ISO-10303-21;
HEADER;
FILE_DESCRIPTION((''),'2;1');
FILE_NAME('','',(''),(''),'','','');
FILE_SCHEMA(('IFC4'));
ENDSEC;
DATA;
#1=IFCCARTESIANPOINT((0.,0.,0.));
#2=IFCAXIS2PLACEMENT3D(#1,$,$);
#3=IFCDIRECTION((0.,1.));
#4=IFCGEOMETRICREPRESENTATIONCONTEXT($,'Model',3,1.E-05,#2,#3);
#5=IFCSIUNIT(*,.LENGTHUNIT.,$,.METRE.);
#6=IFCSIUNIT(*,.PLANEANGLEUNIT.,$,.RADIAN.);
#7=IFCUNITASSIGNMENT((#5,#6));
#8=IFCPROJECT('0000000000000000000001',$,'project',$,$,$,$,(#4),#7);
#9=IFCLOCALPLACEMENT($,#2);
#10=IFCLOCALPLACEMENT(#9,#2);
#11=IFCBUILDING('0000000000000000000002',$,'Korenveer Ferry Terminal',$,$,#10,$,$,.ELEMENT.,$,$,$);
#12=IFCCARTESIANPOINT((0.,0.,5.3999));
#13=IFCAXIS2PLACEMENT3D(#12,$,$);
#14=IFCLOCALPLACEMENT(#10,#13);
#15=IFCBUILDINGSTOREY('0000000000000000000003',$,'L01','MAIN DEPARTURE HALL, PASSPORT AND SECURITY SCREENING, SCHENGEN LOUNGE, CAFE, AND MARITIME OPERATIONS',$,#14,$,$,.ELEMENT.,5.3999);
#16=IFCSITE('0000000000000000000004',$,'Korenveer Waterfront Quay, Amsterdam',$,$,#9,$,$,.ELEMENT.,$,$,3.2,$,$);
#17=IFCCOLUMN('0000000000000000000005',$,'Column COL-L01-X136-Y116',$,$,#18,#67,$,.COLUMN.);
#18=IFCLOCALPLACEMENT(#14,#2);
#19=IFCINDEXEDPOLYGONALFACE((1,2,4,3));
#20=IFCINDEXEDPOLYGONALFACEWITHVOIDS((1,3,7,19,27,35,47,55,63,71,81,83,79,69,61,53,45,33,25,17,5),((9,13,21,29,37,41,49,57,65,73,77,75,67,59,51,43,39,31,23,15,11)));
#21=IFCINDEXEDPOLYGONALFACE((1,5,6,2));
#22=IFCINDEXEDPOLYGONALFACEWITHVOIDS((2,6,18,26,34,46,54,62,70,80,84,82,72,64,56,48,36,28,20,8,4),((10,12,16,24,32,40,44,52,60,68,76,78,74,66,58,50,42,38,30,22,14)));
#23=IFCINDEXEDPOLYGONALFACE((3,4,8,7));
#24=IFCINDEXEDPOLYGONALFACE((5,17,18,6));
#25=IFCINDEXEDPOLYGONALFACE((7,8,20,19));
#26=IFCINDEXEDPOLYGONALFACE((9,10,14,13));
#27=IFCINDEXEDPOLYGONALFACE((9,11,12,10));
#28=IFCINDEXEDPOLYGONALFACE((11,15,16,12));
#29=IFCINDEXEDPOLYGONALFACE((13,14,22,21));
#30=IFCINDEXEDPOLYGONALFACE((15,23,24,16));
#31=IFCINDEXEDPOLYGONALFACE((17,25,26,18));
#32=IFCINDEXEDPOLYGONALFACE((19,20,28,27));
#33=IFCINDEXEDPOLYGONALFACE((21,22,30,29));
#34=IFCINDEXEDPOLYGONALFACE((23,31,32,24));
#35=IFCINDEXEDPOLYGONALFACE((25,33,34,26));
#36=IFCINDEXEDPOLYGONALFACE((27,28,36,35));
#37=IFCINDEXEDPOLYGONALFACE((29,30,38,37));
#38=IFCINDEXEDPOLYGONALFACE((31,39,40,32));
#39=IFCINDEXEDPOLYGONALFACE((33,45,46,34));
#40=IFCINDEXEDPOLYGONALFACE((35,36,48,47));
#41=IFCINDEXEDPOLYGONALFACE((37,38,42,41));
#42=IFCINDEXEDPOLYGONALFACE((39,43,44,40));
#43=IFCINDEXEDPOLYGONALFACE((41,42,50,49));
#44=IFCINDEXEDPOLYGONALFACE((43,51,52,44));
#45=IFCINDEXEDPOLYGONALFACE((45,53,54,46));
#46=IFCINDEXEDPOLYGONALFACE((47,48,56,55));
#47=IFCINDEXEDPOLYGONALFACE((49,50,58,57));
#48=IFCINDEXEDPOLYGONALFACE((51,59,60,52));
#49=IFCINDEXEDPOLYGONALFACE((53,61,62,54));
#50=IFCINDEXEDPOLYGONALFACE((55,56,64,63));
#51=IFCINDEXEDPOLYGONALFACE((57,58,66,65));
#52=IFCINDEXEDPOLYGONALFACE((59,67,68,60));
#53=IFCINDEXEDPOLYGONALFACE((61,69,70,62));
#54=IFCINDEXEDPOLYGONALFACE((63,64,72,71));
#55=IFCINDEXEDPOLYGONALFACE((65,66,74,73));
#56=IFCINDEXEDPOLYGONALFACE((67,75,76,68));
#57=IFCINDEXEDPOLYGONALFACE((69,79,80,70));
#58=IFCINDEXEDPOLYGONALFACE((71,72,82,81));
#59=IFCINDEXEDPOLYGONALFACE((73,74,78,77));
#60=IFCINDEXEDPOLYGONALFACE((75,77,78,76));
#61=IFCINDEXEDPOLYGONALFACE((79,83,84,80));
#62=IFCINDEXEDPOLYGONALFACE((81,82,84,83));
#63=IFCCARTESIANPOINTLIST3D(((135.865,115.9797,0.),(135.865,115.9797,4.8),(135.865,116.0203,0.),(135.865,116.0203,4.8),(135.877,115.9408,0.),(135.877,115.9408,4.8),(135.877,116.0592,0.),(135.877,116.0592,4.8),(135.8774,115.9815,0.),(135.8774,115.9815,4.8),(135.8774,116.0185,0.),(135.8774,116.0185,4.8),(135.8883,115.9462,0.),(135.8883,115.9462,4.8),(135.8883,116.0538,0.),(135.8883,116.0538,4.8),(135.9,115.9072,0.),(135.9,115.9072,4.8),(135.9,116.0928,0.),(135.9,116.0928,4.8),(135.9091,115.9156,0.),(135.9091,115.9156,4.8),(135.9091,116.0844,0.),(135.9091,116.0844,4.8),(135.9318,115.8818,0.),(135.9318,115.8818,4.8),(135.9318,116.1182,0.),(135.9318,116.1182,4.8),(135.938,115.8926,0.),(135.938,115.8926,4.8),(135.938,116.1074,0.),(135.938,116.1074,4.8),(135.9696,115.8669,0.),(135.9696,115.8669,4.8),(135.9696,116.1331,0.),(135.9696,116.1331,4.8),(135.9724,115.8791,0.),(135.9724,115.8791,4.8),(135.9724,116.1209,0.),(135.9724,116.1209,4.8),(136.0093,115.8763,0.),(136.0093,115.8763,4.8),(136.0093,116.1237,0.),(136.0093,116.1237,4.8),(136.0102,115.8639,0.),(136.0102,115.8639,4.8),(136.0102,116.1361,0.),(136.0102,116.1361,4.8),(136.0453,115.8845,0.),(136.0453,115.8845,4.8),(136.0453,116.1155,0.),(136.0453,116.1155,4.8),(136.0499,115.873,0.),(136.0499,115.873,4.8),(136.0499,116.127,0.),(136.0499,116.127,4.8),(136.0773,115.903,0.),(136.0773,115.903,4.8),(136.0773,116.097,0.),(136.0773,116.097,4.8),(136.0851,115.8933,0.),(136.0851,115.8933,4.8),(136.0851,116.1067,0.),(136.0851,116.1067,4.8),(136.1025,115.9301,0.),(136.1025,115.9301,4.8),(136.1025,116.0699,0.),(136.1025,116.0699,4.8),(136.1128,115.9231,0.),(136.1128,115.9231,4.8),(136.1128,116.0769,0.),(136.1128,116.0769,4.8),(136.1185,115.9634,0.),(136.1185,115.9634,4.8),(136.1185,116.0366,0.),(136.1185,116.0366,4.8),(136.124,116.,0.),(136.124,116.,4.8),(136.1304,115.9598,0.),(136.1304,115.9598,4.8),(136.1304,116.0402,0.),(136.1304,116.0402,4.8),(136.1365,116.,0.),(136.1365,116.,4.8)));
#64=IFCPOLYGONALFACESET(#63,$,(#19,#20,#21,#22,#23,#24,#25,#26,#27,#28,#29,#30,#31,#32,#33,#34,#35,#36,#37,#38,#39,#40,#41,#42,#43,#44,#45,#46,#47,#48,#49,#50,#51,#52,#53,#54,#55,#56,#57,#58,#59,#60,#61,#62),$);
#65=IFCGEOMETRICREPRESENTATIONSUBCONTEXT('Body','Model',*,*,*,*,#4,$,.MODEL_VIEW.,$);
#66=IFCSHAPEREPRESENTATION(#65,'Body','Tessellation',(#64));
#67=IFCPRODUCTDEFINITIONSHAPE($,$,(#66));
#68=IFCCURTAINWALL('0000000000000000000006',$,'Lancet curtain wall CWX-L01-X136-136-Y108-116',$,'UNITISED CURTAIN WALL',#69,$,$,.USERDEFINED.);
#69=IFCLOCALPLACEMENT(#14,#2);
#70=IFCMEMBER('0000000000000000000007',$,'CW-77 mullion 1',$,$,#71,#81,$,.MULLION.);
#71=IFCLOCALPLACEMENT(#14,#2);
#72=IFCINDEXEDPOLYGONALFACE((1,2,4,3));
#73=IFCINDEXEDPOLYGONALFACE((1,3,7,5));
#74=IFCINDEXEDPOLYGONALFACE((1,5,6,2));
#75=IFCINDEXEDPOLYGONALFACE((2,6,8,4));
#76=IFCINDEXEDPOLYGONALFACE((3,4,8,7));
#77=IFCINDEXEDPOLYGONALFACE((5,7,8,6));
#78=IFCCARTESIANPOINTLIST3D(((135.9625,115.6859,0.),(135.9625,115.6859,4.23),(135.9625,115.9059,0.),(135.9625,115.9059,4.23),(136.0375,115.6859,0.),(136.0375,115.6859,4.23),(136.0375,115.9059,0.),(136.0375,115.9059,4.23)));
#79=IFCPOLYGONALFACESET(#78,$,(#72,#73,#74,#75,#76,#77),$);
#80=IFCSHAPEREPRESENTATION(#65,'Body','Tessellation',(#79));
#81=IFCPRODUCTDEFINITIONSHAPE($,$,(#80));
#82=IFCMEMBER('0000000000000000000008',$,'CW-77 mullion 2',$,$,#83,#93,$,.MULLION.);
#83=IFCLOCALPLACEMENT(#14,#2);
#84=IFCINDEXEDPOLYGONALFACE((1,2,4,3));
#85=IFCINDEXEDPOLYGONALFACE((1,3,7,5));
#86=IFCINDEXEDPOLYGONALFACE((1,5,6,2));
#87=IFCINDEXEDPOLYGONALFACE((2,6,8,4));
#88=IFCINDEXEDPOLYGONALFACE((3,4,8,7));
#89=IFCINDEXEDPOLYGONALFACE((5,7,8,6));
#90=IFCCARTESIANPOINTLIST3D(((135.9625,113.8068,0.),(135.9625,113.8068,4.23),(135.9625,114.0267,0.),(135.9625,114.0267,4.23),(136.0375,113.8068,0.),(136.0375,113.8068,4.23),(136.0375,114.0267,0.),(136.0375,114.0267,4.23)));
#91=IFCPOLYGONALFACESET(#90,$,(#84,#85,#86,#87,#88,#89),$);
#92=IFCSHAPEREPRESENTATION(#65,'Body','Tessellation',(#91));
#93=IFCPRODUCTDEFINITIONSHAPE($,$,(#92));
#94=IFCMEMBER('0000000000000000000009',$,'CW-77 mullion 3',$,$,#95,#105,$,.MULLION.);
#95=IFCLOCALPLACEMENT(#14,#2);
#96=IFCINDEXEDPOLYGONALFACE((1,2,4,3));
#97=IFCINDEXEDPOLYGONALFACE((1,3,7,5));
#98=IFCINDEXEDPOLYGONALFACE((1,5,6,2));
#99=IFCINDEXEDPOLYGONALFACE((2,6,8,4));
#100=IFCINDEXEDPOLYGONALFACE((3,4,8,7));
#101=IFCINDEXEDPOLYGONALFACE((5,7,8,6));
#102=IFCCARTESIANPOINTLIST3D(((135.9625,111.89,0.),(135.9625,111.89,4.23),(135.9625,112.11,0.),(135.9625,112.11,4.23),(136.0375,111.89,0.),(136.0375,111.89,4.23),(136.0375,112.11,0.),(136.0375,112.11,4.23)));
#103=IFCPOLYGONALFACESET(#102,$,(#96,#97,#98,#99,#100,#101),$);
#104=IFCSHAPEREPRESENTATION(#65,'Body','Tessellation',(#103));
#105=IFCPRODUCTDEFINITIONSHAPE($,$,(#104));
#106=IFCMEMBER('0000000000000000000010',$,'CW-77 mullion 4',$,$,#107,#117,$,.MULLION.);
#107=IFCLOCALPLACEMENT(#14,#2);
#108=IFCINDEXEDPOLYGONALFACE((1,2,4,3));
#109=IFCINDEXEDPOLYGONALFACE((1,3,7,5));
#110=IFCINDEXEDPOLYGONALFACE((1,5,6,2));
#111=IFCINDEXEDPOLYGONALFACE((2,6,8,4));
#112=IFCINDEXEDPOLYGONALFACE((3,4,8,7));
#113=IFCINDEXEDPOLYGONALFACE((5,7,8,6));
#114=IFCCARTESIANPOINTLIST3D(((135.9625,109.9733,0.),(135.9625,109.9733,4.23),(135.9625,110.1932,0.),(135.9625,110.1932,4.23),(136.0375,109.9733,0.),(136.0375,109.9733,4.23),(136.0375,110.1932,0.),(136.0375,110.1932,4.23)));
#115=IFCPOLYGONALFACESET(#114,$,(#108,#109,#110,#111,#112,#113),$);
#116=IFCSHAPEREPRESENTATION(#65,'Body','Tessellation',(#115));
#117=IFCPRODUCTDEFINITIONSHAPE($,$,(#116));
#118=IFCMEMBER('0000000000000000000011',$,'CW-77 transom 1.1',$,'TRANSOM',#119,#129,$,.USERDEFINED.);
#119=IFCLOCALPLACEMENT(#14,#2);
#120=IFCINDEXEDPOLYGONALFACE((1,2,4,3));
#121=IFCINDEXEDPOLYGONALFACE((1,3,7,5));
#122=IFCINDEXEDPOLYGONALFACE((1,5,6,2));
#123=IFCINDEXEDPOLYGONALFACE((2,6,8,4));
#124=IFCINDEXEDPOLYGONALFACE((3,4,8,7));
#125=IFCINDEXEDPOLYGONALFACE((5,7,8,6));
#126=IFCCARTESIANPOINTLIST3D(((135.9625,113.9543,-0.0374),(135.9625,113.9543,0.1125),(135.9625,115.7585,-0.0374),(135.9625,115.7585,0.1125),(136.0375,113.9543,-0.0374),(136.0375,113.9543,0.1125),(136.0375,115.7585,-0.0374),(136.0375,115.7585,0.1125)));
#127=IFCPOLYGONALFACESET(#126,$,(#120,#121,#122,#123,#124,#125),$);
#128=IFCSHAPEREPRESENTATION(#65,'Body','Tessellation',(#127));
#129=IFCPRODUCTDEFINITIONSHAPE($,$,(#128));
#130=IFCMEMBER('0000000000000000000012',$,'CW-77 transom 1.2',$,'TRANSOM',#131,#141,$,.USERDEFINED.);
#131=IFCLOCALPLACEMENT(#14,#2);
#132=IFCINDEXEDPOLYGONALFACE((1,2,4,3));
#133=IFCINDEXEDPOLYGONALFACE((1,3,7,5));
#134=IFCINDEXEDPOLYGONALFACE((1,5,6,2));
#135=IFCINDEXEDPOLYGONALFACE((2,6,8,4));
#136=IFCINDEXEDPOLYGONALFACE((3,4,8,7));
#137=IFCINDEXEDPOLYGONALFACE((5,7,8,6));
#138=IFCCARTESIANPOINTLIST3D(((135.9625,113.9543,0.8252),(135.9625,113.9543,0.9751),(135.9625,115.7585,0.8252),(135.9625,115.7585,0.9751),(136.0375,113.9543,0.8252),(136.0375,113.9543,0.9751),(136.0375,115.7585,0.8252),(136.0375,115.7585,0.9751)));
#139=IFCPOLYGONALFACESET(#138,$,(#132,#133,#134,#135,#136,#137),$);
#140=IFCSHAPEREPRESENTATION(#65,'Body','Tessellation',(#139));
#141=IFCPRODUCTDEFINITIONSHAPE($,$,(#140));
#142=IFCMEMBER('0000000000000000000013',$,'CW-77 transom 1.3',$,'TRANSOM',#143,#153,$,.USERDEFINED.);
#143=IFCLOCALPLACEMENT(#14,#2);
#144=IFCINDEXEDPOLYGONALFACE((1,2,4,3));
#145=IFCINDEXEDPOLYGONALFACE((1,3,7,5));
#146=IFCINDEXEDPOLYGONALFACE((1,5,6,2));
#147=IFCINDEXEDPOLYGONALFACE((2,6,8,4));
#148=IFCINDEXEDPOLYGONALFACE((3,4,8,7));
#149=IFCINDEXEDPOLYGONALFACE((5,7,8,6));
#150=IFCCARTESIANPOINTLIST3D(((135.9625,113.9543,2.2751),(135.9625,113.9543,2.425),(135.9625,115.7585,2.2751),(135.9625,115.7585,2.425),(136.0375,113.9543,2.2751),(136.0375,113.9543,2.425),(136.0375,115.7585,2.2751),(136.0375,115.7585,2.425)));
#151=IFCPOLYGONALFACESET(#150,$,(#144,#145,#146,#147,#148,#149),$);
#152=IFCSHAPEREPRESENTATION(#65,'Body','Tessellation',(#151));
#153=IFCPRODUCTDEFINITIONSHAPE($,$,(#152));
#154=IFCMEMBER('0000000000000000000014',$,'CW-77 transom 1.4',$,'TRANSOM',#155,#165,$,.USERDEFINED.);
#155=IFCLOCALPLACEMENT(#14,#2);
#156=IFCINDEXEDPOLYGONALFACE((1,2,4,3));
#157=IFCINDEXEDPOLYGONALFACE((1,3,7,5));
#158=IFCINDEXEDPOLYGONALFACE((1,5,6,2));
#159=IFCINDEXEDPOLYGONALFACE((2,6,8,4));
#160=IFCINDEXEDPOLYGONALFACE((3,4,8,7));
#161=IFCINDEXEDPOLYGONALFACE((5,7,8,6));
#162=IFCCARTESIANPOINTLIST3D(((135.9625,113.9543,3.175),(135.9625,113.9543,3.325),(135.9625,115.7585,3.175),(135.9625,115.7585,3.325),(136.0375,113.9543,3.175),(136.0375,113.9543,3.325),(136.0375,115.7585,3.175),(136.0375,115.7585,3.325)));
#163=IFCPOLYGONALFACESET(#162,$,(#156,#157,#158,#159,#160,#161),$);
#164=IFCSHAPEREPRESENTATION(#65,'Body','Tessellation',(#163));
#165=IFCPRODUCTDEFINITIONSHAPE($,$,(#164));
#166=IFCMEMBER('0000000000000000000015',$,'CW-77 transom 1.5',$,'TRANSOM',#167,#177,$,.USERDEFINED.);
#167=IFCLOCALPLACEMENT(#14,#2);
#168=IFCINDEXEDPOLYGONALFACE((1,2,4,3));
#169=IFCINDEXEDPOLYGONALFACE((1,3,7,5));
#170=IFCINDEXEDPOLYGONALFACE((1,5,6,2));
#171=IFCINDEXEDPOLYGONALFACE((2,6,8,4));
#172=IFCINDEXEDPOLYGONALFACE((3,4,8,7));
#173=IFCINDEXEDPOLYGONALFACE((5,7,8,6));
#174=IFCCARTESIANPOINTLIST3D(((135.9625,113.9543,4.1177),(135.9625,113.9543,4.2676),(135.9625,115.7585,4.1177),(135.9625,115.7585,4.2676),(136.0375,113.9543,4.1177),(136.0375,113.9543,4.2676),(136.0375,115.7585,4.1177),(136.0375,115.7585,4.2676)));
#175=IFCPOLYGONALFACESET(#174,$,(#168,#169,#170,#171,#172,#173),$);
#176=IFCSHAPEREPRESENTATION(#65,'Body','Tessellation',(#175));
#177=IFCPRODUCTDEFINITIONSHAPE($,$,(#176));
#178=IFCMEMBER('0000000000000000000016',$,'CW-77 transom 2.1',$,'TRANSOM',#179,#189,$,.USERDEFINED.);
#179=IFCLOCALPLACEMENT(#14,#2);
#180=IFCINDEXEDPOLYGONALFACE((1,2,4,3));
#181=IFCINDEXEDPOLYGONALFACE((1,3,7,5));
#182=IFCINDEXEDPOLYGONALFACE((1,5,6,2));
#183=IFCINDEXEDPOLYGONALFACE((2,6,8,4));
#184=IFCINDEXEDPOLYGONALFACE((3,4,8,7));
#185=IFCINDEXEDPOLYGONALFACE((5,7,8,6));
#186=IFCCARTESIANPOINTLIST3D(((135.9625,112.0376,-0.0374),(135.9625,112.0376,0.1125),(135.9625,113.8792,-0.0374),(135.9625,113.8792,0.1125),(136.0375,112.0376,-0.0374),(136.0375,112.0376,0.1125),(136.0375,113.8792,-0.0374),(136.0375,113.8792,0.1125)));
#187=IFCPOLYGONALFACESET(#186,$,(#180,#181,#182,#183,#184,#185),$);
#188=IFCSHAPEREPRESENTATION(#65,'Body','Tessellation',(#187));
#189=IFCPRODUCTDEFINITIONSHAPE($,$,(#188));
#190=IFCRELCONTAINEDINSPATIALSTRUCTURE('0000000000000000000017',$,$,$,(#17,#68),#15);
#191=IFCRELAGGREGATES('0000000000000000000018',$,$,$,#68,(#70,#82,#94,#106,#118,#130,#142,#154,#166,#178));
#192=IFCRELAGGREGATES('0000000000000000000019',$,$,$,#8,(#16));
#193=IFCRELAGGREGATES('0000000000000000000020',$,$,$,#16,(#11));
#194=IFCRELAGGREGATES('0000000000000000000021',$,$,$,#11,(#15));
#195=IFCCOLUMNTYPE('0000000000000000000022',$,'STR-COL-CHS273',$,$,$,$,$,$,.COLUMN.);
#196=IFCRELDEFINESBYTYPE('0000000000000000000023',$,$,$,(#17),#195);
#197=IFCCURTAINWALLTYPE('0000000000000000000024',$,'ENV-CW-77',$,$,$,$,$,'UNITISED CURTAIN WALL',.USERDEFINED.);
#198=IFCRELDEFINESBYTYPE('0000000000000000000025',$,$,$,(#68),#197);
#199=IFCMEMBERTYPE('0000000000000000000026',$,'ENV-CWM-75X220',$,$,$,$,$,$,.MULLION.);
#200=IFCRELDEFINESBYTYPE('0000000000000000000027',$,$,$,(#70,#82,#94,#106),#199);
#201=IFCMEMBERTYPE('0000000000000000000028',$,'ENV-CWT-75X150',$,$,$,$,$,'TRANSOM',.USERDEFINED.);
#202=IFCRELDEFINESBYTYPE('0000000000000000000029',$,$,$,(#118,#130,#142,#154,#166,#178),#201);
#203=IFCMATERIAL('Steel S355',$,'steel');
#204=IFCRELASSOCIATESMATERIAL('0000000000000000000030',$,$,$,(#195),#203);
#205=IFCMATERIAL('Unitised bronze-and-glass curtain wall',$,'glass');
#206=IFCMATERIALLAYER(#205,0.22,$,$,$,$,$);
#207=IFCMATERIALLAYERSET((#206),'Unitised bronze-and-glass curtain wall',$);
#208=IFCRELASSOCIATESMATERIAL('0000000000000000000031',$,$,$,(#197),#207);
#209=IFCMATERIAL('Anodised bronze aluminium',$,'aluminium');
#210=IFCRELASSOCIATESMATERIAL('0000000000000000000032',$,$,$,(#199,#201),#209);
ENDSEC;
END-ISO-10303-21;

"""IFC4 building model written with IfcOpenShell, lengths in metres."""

from ifc_helpers import new_model, si_unit, direction, frame, origin, origin_2d, place, context, subcontext, project, spatial, rectangle, hollow_circle, extrude, material, layer, layer_set, material_profile, profile_set, type_object, element, aggregate, save


model = new_model("IFC4")

# Units and contexts
model_context = context("Model", 3, precision=1e-05, world=origin(), true_north=direction((0.0, 1.0)))
body_context = subcontext(model_context, "Body", "Model", "MODEL_VIEW")
ifc_project = project(units=[si_unit("LENGTHUNIT", "METRE"), si_unit("PLANEANGLEUNIT", "RADIAN")], contexts=[model_context])

# Site, building, storey
site_placement = place(None, origin())
site = spatial("IfcSite", under=ifc_project, at=site_placement, Name="Korenveer Waterfront Quay, Amsterdam", CompositionType="ELEMENT", RefElevation=3.2)
building_placement = place(site_placement, origin())
building = spatial("IfcBuilding", under=site, at=building_placement, Name="Korenveer Ferry Terminal", CompositionType="ELEMENT")
storey_placement = place(building_placement, frame((0.0, 0.0, 5.3999)))
storey = spatial("IfcBuildingStorey", under=building, at=storey_placement, Name="L01", Description="MAIN DEPARTURE HALL, PASSPORT AND SECURITY SCREENING, SCHENGEN LOUNGE, CAFE, AND MARITIME OPERATIONS", CompositionType="ELEMENT", Elevation=5.3999)

# Column
ifc_material_1 = material(Name="Steel S355", Category="steel")
ifc_material_profile_1 = material_profile(ifc_material_1, hollow_circle(Radius=0.1365, WallThickness=0.0125, at=origin_2d()), Name="CHS 273x12.5")
ifc_profile_set_1 = profile_set([ifc_material_profile_1], Name="Steel S355")
column_type = type_object("IfcColumnType", Name="STR-COL-CHS273", PredefinedType="COLUMN", material=ifc_profile_set_1)
column_placement = place(storey_placement, frame((136.0, 116.0, 0.0), z_axis=(0.0, 0.0, 1.0), x_axis=(1.0, 0.0, 0.0)))
element("IfcColumn", 1, at=column_placement, inside=storey, type_object=column_type, Name="Column COL-L01-X136-Y116", PredefinedType="COLUMN", context=body_context, shape_type="SweptSolid", body=[
    extrude(hollow_circle(Radius=0.1365, WallThickness=0.0125, at=origin_2d()), origin(), (0.0, 0.0, 1.0), 4.8),
])

# Curtain wall, members
ifc_material_2 = material(Name="Unitised bronze-and-glass curtain wall", Category="glass")
ifc_layer_1 = layer(ifc_material_2, 0.22)
ifc_layer_set_1 = layer_set([ifc_layer_1], Name="Unitised bronze-and-glass curtain wall")
curtain_wall_type = type_object("IfcCurtainWallType", Name="ENV-CW-77", ElementType="UNITISED CURTAIN WALL", PredefinedType="USERDEFINED", material=ifc_layer_set_1)
curtain_wall_placement = place(storey_placement, frame((136.0, 115.8335, 0.0)))
curtain_wall = element("IfcCurtainWall", 2, at=curtain_wall_placement, inside=storey, type_object=curtain_wall_type, Name="Lancet curtain wall CWX-L01-X136-136-Y108-116", ObjectType="UNITISED CURTAIN WALL", PredefinedType="USERDEFINED")
ifc_material_3 = material(Name="Anodised bronze aluminium", Category="aluminium")
ifc_material_profile_2 = material_profile(ifc_material_3, rectangle(XDim=0.075, YDim=0.22, at=origin_2d()), Name="ALU 75x220")
ifc_profile_set_2 = profile_set([ifc_material_profile_2], Name="Anodised bronze aluminium")
member_type_1 = type_object("IfcMemberType", Name="ENV-CWM-75X220", PredefinedType="MULLION", material=ifc_profile_set_2)
member_1_placement = place(storey_placement, frame((136.0, 115.7959, 0.0), z_axis=(0.0, 0.0, 1.0), x_axis=(1.0, 0.0, 0.0)))
member_1 = element("IfcMember", 3, at=member_1_placement, type_object=member_type_1, Name="CW-77 mullion 1", PredefinedType="MULLION", context=body_context, shape_type="SweptSolid", body=[
    extrude(rectangle(XDim=0.075, YDim=0.22, at=origin_2d()), origin(), (0.0, 0.0, 1.0), 4.23),
])
member_2_placement = place(storey_placement, frame((136.0, 113.9167, 0.0), z_axis=(0.0, 0.0, 1.0), x_axis=(1.0, 0.0, 0.0)))
member_2 = element("IfcMember", 4, at=member_2_placement, type_object=member_type_1, Name="CW-77 mullion 2", PredefinedType="MULLION", context=body_context, shape_type="SweptSolid", body=[
    extrude(rectangle(XDim=0.075, YDim=0.22, at=origin_2d()), origin(), (0.0, 0.0, 1.0), 4.23),
])
member_3_placement = place(storey_placement, frame((136.0, 112.0, 0.0), z_axis=(0.0, 0.0, 1.0), x_axis=(1.0, 0.0, 0.0)))
member_3 = element("IfcMember", 5, at=member_3_placement, type_object=member_type_1, Name="CW-77 mullion 3", PredefinedType="MULLION", context=body_context, shape_type="SweptSolid", body=[
    extrude(rectangle(XDim=0.075, YDim=0.22, at=origin_2d()), origin(), (0.0, 0.0, 1.0), 4.23),
])
member_4_placement = place(storey_placement, frame((136.0, 110.0833, 0.0), z_axis=(0.0, 0.0, 1.0), x_axis=(1.0, 0.0, 0.0)))
member_4 = element("IfcMember", 6, at=member_4_placement, type_object=member_type_1, Name="CW-77 mullion 4", PredefinedType="MULLION", context=body_context, shape_type="SweptSolid", body=[
    extrude(rectangle(XDim=0.075, YDim=0.22, at=origin_2d()), origin(), (0.0, 0.0, 1.0), 4.23),
])
ifc_material_profile_3 = material_profile(ifc_material_3, rectangle(XDim=0.075, YDim=0.1499, at=origin_2d()), Name="ALU 75x150")
ifc_profile_set_3 = profile_set([ifc_material_profile_3], Name="Anodised bronze aluminium")
member_type_2 = type_object("IfcMemberType", Name="ENV-CWT-75X150", ElementType="TRANSOM", PredefinedType="USERDEFINED", material=ifc_profile_set_3)
member_5_placement = place(storey_placement, frame((136.0, 115.7585, 0.0376), z_axis=(0.0, -1.0, 0.0), x_axis=(1.0, 0.0, 0.0)))
member_5 = element("IfcMember", 7, at=member_5_placement, type_object=member_type_2, Name="CW-77 transom 1.1", ObjectType="TRANSOM", PredefinedType="USERDEFINED", context=body_context, shape_type="SweptSolid", body=[
    extrude(rectangle(XDim=0.075, YDim=0.1499, at=origin_2d()), origin(), (0.0, 0.0, 1.0), 1.8042),
])
member_6_placement = place(storey_placement, frame((136.0, 115.7585, 0.9001), z_axis=(0.0, -1.0, 0.0), x_axis=(1.0, 0.0, 0.0)))
member_6 = element("IfcMember", 8, at=member_6_placement, type_object=member_type_2, Name="CW-77 transom 1.2", ObjectType="TRANSOM", PredefinedType="USERDEFINED", context=body_context, shape_type="SweptSolid", body=[
    extrude(rectangle(XDim=0.075, YDim=0.1499, at=origin_2d()), origin(), (0.0, 0.0, 1.0), 1.8042),
])
member_7_placement = place(storey_placement, frame((136.0, 115.7585, 2.3501), z_axis=(0.0, -1.0, 0.0), x_axis=(1.0, 0.0, 0.0)))
member_7 = element("IfcMember", 9, at=member_7_placement, type_object=member_type_2, Name="CW-77 transom 1.3", ObjectType="TRANSOM", PredefinedType="USERDEFINED", context=body_context, shape_type="SweptSolid", body=[
    extrude(rectangle(XDim=0.075, YDim=0.1499, at=origin_2d()), origin(), (0.0, 0.0, 1.0), 1.8042),
])
member_8_placement = place(storey_placement, frame((136.0, 115.7585, 3.25), z_axis=(0.0, -1.0, 0.0), x_axis=(1.0, 0.0, 0.0)))
member_8 = element("IfcMember", 10, at=member_8_placement, type_object=member_type_2, Name="CW-77 transom 1.4", ObjectType="TRANSOM", PredefinedType="USERDEFINED", context=body_context, shape_type="SweptSolid", body=[
    extrude(rectangle(XDim=0.075, YDim=0.1499, at=origin_2d()), origin(), (0.0, 0.0, 1.0), 1.8042),
])
member_9_placement = place(storey_placement, frame((136.0, 115.7585, 4.1926), z_axis=(0.0, -1.0, 0.0), x_axis=(1.0, 0.0, 0.0)))
member_9 = element("IfcMember", 11, at=member_9_placement, type_object=member_type_2, Name="CW-77 transom 1.5", ObjectType="TRANSOM", PredefinedType="USERDEFINED", context=body_context, shape_type="SweptSolid", body=[
    extrude(rectangle(XDim=0.075, YDim=0.1499, at=origin_2d()), origin(), (0.0, 0.0, 1.0), 1.8042),
])
member_10_placement = place(storey_placement, frame((136.0, 113.8792, 0.0376), z_axis=(0.0, -1.0, 0.0), x_axis=(1.0, 0.0, 0.0)))
member_10 = element("IfcMember", 12, at=member_10_placement, type_object=member_type_2, Name="CW-77 transom 2.1", ObjectType="TRANSOM", PredefinedType="USERDEFINED", context=body_context, shape_type="SweptSolid", body=[
    extrude(rectangle(XDim=0.075, YDim=0.1499, at=origin_2d()), origin(), (0.0, 0.0, 1.0), 1.8416),
])
aggregate(curtain_wall, [member_1, member_2, member_3, member_4, member_5, member_6, member_7, member_8, member_9, member_10])

save(model, "model.ifc")
